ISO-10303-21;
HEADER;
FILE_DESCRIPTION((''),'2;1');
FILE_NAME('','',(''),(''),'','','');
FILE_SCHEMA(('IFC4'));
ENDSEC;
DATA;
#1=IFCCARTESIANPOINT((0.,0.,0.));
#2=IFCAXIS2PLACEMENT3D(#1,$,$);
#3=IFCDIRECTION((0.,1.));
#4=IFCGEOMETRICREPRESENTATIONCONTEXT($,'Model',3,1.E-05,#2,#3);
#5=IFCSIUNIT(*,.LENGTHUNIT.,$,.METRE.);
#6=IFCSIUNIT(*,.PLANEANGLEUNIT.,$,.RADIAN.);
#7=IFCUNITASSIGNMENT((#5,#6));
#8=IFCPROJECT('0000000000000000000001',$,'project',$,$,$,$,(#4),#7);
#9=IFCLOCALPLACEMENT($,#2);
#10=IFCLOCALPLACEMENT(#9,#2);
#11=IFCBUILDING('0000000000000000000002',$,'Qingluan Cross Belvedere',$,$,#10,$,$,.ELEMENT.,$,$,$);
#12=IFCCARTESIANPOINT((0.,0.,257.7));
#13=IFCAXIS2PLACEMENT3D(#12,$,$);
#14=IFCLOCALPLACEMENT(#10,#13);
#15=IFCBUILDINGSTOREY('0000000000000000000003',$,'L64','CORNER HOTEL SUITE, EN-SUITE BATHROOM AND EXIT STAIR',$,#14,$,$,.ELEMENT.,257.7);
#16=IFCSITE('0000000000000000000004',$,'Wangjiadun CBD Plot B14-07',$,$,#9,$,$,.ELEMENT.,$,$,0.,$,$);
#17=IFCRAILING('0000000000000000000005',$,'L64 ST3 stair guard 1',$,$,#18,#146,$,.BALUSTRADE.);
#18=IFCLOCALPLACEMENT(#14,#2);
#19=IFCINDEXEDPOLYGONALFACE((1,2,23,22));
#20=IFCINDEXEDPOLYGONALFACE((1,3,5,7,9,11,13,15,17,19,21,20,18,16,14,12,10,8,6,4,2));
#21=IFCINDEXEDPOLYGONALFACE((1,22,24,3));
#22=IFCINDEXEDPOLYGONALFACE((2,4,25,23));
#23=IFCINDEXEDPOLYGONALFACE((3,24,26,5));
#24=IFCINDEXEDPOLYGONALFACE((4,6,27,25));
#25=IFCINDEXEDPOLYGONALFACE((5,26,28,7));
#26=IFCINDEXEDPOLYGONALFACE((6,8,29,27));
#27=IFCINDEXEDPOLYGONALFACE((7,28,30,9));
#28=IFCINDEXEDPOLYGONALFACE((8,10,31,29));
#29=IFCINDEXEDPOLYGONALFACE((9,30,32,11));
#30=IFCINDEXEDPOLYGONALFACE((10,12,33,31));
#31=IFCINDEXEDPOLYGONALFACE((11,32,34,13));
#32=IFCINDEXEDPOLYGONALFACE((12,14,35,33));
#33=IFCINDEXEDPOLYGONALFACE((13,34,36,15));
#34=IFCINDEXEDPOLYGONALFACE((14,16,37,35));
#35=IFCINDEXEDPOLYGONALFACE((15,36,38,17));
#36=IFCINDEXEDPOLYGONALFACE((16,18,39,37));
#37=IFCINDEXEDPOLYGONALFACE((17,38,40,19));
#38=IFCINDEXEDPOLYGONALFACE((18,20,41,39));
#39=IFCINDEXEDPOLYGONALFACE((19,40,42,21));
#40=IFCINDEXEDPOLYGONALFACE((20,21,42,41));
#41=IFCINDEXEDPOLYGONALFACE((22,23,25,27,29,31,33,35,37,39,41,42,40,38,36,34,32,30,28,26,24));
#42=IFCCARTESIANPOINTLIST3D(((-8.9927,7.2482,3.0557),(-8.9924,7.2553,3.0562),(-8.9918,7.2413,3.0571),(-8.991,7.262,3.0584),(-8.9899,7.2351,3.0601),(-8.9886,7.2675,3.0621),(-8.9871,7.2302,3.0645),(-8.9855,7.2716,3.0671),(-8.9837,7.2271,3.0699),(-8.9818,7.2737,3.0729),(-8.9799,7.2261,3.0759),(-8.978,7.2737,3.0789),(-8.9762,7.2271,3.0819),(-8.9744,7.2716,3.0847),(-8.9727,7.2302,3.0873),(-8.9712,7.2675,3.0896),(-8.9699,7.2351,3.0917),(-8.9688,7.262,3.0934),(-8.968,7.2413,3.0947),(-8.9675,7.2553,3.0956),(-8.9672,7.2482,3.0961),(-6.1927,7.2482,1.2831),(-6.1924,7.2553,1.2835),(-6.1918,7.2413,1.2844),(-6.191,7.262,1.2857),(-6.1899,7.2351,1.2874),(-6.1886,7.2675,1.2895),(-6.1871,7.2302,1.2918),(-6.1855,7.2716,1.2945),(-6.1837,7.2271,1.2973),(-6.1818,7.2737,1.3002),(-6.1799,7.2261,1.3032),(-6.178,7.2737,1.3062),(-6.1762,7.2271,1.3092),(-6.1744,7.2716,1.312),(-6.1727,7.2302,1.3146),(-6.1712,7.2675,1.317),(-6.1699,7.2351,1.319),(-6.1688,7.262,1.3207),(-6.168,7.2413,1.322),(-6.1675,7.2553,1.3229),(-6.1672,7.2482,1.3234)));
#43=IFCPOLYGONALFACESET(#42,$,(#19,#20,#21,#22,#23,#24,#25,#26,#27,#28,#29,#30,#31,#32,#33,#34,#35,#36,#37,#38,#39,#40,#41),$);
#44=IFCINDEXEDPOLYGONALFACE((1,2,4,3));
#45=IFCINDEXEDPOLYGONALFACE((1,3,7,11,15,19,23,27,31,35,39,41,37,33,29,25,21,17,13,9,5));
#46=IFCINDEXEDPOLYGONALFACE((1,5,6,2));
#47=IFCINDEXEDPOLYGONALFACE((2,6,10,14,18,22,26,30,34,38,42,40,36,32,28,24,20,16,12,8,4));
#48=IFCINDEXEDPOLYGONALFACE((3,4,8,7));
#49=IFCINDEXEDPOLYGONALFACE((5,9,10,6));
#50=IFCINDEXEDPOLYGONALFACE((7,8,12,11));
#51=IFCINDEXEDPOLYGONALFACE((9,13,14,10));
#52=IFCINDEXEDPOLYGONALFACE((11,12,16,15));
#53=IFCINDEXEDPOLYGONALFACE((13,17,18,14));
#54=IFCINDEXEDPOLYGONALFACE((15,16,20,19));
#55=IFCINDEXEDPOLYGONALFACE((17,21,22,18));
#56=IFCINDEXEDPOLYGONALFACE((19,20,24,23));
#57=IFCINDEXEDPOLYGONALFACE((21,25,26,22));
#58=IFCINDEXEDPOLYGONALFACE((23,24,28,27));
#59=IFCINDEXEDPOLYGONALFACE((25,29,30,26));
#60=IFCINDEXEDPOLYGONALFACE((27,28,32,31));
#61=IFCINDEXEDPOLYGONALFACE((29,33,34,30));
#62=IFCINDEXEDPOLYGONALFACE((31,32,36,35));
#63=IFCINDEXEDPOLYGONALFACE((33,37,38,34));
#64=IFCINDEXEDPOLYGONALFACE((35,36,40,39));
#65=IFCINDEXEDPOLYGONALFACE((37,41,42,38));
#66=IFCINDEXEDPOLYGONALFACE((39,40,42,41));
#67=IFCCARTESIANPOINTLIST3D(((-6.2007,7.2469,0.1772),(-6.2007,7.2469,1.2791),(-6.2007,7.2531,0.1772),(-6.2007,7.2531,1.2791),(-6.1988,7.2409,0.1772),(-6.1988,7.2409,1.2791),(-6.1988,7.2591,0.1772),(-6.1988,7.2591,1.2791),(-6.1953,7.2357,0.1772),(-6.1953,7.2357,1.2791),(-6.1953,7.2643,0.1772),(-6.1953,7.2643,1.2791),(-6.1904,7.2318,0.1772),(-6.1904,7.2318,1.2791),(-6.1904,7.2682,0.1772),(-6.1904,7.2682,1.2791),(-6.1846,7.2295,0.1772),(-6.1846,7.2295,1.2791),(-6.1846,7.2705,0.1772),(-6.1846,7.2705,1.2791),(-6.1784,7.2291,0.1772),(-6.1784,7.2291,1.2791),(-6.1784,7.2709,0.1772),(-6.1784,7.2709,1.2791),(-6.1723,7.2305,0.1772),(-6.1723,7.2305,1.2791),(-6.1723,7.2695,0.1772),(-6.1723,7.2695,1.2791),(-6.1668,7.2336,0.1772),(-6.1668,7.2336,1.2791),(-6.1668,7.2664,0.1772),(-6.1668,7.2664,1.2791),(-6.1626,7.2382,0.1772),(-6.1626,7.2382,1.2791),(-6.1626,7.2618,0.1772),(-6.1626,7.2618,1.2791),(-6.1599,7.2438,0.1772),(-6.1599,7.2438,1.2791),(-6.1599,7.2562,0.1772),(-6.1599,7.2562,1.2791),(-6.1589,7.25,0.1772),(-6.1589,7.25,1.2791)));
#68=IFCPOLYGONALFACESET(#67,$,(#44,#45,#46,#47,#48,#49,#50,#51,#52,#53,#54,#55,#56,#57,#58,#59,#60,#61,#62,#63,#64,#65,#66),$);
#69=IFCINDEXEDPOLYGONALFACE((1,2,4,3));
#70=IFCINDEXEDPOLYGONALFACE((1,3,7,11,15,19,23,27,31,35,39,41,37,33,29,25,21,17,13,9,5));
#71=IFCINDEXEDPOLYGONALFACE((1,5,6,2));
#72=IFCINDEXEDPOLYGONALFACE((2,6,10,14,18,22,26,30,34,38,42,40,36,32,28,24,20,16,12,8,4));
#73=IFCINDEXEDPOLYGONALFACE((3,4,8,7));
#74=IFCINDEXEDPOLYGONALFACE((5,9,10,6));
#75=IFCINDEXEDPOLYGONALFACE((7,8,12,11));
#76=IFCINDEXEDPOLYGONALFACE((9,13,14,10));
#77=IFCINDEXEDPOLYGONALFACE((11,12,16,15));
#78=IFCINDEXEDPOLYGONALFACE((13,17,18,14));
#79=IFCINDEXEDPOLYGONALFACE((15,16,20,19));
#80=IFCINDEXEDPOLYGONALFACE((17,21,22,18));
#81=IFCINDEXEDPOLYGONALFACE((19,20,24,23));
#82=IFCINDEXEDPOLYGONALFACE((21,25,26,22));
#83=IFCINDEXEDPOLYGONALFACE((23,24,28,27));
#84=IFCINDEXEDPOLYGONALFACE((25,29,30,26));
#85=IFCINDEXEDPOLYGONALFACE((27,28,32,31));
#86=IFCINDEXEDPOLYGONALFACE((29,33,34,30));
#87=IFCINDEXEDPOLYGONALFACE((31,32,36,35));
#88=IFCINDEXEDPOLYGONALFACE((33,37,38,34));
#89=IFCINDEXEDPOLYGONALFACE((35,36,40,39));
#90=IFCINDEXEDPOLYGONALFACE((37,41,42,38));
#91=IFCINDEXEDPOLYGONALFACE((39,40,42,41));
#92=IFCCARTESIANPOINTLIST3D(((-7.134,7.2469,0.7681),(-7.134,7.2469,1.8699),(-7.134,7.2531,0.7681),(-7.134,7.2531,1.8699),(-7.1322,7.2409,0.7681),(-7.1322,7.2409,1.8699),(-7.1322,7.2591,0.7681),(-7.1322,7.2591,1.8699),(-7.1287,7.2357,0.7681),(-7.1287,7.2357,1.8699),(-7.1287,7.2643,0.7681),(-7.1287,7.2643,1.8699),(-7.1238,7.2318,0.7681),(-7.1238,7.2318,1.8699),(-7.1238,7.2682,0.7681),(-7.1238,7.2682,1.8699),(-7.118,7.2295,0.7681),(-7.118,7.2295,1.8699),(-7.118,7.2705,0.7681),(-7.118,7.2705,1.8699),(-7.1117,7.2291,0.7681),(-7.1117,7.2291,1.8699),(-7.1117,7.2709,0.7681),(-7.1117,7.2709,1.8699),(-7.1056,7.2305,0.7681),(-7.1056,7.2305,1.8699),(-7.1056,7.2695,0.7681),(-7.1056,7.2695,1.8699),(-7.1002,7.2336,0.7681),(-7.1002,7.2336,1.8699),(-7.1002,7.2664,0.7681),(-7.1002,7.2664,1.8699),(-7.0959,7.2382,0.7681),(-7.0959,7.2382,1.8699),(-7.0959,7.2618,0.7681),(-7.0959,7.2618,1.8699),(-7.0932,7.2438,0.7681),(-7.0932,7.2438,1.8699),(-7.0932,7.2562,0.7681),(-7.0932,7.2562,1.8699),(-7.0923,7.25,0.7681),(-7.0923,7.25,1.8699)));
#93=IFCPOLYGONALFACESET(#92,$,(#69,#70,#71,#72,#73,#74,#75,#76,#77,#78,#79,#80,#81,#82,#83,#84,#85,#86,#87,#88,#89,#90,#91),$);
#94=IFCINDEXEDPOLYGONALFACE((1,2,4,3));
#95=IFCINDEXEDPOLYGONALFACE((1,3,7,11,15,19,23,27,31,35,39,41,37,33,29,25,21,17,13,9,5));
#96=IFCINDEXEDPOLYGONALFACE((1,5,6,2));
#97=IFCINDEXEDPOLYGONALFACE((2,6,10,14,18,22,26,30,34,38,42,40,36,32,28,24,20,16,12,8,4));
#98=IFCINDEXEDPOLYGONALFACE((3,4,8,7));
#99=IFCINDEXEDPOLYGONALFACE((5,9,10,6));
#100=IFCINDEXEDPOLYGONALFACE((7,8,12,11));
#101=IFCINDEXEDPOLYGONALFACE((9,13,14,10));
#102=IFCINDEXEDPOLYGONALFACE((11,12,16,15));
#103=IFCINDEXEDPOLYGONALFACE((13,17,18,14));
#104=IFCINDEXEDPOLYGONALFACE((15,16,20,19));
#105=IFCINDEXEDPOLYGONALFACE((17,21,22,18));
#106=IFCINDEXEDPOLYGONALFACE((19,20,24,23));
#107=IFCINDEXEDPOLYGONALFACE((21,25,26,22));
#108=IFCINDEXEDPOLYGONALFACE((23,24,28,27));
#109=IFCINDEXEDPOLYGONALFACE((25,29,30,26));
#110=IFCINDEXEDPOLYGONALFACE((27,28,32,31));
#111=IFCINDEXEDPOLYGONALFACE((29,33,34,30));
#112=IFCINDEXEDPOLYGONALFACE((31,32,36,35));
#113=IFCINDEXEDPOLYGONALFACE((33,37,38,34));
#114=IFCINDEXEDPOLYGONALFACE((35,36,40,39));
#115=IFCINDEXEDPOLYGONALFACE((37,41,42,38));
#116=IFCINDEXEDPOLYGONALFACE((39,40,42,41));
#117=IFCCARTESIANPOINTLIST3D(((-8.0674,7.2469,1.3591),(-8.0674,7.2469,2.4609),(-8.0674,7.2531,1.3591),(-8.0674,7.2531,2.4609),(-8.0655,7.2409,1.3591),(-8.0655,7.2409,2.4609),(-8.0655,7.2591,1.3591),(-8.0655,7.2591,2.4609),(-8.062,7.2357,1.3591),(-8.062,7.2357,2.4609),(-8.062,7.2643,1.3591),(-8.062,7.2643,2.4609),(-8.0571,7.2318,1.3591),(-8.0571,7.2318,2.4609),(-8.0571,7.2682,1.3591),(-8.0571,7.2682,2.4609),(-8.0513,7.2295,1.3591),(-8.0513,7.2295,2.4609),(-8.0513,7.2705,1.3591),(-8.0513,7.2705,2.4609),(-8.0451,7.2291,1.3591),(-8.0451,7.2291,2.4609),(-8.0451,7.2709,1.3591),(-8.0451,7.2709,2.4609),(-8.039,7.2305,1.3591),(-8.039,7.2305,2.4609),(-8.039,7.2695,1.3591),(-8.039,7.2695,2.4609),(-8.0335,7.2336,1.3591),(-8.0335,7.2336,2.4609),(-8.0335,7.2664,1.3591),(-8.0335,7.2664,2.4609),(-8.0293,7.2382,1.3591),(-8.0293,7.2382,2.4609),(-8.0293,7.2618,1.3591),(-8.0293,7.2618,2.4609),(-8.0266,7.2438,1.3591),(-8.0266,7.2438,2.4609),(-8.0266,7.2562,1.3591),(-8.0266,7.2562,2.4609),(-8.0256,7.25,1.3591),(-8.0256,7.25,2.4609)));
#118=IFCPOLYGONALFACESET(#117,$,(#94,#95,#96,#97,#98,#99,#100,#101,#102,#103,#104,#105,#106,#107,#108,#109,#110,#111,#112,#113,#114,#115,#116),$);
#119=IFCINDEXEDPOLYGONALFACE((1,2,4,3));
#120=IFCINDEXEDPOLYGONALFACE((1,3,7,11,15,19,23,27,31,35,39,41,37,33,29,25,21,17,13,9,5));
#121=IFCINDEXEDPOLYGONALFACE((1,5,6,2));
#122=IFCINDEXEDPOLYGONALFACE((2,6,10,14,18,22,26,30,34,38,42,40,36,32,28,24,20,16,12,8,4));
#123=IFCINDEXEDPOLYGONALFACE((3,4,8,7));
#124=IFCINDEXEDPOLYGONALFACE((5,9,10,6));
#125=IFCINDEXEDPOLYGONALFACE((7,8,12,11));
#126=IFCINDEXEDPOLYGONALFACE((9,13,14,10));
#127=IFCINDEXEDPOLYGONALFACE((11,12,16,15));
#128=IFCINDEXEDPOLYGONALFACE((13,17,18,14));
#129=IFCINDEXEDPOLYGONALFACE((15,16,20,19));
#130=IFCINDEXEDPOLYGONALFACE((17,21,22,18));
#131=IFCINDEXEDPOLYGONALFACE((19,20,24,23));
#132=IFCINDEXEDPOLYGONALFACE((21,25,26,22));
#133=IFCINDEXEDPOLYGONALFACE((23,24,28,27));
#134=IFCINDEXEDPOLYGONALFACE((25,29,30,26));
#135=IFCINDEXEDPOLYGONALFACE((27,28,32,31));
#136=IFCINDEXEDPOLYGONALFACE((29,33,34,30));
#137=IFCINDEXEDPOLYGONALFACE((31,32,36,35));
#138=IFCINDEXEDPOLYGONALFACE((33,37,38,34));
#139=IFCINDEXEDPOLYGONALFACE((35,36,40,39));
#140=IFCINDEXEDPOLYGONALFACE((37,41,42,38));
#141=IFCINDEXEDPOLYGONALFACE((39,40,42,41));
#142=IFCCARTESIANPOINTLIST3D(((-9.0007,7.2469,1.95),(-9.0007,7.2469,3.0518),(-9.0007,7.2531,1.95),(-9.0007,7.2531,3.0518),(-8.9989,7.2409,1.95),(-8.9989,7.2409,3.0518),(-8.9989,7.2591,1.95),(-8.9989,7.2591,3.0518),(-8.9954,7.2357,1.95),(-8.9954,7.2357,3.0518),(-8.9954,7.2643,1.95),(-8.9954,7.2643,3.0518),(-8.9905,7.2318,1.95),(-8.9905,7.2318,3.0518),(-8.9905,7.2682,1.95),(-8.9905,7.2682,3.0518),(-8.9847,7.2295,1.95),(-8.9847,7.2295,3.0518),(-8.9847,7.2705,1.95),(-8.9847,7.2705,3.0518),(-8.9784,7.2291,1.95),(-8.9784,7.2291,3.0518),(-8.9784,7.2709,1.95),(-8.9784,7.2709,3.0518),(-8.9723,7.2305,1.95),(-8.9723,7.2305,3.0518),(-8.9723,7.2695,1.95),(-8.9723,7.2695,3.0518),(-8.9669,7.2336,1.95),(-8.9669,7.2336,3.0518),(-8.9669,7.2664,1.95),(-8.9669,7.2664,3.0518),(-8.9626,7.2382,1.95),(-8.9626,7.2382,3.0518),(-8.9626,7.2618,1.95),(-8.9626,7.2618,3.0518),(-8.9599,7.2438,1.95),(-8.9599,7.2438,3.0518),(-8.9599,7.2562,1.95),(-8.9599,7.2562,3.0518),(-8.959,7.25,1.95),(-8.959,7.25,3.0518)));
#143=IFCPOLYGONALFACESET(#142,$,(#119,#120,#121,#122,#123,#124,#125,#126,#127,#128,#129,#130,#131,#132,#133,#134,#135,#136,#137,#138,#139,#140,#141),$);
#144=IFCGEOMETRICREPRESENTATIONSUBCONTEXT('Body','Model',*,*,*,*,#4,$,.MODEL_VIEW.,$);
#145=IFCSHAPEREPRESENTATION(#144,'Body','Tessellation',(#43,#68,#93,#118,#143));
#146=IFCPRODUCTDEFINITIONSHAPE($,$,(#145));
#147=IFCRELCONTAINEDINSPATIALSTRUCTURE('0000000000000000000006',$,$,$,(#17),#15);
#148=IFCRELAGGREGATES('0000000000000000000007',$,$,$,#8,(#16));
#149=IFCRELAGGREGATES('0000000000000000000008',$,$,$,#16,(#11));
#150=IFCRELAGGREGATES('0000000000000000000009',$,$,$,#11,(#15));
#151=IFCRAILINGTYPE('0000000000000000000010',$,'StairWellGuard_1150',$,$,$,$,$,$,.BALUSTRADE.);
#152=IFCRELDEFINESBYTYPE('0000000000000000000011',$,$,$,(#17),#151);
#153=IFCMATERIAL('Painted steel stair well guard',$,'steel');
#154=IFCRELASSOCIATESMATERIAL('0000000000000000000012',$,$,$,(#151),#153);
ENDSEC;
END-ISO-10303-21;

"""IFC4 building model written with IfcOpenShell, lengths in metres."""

from ifc_helpers import new_model, si_unit, direction, frame, origin, origin_2d, place, context, subcontext, project, spatial, circle, extrude, material, type_object, element, save


model = new_model("IFC4")

# Units and contexts
model_context = context("Model", 3, precision=1e-05, world=origin(), true_north=direction((0.0, 1.0)))
body_context = subcontext(model_context, "Body", "Model", "MODEL_VIEW")
ifc_project = project(units=[si_unit("LENGTHUNIT", "METRE"), si_unit("PLANEANGLEUNIT", "RADIAN")], contexts=[model_context])

# Site, building, storey
site_placement = place(None, origin())
site = spatial("IfcSite", under=ifc_project, at=site_placement, Name="Wangjiadun CBD Plot B14-07", CompositionType="ELEMENT", RefElevation=0.0)
building_placement = place(site_placement, origin())
building = spatial("IfcBuilding", under=site, at=building_placement, Name="Qingluan Cross Belvedere", CompositionType="ELEMENT")
storey_placement = place(building_placement, frame((0.0, 0.0, 257.7)))
storey = spatial("IfcBuildingStorey", under=building, at=storey_placement, Name="L64", Description="CORNER HOTEL SUITE, EN-SUITE BATHROOM AND EXIT STAIR", CompositionType="ELEMENT", Elevation=257.7)

# Railing
ifc_material_1 = material(Name="Painted steel stair well guard", Category="steel")
railing_type_1 = type_object("IfcRailingType", Name="StairWellGuard_1150", PredefinedType="BALUSTRADE", material=ifc_material_1)
railing_1_placement = place(storey_placement, frame((-6.1799, 7.25, 0.1772)))
element("IfcRailing", 1, at=railing_1_placement, inside=storey, type_object=railing_type_1, Name="L64 ST3 stair guard 1", PredefinedType="BALUSTRADE", context=body_context, shape_type="SweptSolid", body=[
    extrude(circle(Radius=0.0239, at=origin_2d()), frame((0.0, 0.0, 1.126), z_axis=(-0.844909, 0.0, 0.53491), x_axis=(0.0, -1.0, 0.0)), (0.0, 0.0, 1.0), 3.314),
    extrude(circle(Radius=0.021, at=origin_2d()), origin(), (0.0, 0.0, 1.0), 1.1018),
    extrude(circle(Radius=0.021, at=origin_2d()), frame((-0.9333, 0.0, 0.5908)), (0.0, 0.0, 1.0), 1.1018),
    extrude(circle(Radius=0.021, at=origin_2d()), frame((-1.8667, 0.0, 1.1819)), (0.0, 0.0, 1.0), 1.1018),
    extrude(circle(Radius=0.021, at=origin_2d()), frame((-2.8, 0.0, 1.7727)), (0.0, 0.0, 1.0), 1.1018),
])

save(model, "model.ifc")
